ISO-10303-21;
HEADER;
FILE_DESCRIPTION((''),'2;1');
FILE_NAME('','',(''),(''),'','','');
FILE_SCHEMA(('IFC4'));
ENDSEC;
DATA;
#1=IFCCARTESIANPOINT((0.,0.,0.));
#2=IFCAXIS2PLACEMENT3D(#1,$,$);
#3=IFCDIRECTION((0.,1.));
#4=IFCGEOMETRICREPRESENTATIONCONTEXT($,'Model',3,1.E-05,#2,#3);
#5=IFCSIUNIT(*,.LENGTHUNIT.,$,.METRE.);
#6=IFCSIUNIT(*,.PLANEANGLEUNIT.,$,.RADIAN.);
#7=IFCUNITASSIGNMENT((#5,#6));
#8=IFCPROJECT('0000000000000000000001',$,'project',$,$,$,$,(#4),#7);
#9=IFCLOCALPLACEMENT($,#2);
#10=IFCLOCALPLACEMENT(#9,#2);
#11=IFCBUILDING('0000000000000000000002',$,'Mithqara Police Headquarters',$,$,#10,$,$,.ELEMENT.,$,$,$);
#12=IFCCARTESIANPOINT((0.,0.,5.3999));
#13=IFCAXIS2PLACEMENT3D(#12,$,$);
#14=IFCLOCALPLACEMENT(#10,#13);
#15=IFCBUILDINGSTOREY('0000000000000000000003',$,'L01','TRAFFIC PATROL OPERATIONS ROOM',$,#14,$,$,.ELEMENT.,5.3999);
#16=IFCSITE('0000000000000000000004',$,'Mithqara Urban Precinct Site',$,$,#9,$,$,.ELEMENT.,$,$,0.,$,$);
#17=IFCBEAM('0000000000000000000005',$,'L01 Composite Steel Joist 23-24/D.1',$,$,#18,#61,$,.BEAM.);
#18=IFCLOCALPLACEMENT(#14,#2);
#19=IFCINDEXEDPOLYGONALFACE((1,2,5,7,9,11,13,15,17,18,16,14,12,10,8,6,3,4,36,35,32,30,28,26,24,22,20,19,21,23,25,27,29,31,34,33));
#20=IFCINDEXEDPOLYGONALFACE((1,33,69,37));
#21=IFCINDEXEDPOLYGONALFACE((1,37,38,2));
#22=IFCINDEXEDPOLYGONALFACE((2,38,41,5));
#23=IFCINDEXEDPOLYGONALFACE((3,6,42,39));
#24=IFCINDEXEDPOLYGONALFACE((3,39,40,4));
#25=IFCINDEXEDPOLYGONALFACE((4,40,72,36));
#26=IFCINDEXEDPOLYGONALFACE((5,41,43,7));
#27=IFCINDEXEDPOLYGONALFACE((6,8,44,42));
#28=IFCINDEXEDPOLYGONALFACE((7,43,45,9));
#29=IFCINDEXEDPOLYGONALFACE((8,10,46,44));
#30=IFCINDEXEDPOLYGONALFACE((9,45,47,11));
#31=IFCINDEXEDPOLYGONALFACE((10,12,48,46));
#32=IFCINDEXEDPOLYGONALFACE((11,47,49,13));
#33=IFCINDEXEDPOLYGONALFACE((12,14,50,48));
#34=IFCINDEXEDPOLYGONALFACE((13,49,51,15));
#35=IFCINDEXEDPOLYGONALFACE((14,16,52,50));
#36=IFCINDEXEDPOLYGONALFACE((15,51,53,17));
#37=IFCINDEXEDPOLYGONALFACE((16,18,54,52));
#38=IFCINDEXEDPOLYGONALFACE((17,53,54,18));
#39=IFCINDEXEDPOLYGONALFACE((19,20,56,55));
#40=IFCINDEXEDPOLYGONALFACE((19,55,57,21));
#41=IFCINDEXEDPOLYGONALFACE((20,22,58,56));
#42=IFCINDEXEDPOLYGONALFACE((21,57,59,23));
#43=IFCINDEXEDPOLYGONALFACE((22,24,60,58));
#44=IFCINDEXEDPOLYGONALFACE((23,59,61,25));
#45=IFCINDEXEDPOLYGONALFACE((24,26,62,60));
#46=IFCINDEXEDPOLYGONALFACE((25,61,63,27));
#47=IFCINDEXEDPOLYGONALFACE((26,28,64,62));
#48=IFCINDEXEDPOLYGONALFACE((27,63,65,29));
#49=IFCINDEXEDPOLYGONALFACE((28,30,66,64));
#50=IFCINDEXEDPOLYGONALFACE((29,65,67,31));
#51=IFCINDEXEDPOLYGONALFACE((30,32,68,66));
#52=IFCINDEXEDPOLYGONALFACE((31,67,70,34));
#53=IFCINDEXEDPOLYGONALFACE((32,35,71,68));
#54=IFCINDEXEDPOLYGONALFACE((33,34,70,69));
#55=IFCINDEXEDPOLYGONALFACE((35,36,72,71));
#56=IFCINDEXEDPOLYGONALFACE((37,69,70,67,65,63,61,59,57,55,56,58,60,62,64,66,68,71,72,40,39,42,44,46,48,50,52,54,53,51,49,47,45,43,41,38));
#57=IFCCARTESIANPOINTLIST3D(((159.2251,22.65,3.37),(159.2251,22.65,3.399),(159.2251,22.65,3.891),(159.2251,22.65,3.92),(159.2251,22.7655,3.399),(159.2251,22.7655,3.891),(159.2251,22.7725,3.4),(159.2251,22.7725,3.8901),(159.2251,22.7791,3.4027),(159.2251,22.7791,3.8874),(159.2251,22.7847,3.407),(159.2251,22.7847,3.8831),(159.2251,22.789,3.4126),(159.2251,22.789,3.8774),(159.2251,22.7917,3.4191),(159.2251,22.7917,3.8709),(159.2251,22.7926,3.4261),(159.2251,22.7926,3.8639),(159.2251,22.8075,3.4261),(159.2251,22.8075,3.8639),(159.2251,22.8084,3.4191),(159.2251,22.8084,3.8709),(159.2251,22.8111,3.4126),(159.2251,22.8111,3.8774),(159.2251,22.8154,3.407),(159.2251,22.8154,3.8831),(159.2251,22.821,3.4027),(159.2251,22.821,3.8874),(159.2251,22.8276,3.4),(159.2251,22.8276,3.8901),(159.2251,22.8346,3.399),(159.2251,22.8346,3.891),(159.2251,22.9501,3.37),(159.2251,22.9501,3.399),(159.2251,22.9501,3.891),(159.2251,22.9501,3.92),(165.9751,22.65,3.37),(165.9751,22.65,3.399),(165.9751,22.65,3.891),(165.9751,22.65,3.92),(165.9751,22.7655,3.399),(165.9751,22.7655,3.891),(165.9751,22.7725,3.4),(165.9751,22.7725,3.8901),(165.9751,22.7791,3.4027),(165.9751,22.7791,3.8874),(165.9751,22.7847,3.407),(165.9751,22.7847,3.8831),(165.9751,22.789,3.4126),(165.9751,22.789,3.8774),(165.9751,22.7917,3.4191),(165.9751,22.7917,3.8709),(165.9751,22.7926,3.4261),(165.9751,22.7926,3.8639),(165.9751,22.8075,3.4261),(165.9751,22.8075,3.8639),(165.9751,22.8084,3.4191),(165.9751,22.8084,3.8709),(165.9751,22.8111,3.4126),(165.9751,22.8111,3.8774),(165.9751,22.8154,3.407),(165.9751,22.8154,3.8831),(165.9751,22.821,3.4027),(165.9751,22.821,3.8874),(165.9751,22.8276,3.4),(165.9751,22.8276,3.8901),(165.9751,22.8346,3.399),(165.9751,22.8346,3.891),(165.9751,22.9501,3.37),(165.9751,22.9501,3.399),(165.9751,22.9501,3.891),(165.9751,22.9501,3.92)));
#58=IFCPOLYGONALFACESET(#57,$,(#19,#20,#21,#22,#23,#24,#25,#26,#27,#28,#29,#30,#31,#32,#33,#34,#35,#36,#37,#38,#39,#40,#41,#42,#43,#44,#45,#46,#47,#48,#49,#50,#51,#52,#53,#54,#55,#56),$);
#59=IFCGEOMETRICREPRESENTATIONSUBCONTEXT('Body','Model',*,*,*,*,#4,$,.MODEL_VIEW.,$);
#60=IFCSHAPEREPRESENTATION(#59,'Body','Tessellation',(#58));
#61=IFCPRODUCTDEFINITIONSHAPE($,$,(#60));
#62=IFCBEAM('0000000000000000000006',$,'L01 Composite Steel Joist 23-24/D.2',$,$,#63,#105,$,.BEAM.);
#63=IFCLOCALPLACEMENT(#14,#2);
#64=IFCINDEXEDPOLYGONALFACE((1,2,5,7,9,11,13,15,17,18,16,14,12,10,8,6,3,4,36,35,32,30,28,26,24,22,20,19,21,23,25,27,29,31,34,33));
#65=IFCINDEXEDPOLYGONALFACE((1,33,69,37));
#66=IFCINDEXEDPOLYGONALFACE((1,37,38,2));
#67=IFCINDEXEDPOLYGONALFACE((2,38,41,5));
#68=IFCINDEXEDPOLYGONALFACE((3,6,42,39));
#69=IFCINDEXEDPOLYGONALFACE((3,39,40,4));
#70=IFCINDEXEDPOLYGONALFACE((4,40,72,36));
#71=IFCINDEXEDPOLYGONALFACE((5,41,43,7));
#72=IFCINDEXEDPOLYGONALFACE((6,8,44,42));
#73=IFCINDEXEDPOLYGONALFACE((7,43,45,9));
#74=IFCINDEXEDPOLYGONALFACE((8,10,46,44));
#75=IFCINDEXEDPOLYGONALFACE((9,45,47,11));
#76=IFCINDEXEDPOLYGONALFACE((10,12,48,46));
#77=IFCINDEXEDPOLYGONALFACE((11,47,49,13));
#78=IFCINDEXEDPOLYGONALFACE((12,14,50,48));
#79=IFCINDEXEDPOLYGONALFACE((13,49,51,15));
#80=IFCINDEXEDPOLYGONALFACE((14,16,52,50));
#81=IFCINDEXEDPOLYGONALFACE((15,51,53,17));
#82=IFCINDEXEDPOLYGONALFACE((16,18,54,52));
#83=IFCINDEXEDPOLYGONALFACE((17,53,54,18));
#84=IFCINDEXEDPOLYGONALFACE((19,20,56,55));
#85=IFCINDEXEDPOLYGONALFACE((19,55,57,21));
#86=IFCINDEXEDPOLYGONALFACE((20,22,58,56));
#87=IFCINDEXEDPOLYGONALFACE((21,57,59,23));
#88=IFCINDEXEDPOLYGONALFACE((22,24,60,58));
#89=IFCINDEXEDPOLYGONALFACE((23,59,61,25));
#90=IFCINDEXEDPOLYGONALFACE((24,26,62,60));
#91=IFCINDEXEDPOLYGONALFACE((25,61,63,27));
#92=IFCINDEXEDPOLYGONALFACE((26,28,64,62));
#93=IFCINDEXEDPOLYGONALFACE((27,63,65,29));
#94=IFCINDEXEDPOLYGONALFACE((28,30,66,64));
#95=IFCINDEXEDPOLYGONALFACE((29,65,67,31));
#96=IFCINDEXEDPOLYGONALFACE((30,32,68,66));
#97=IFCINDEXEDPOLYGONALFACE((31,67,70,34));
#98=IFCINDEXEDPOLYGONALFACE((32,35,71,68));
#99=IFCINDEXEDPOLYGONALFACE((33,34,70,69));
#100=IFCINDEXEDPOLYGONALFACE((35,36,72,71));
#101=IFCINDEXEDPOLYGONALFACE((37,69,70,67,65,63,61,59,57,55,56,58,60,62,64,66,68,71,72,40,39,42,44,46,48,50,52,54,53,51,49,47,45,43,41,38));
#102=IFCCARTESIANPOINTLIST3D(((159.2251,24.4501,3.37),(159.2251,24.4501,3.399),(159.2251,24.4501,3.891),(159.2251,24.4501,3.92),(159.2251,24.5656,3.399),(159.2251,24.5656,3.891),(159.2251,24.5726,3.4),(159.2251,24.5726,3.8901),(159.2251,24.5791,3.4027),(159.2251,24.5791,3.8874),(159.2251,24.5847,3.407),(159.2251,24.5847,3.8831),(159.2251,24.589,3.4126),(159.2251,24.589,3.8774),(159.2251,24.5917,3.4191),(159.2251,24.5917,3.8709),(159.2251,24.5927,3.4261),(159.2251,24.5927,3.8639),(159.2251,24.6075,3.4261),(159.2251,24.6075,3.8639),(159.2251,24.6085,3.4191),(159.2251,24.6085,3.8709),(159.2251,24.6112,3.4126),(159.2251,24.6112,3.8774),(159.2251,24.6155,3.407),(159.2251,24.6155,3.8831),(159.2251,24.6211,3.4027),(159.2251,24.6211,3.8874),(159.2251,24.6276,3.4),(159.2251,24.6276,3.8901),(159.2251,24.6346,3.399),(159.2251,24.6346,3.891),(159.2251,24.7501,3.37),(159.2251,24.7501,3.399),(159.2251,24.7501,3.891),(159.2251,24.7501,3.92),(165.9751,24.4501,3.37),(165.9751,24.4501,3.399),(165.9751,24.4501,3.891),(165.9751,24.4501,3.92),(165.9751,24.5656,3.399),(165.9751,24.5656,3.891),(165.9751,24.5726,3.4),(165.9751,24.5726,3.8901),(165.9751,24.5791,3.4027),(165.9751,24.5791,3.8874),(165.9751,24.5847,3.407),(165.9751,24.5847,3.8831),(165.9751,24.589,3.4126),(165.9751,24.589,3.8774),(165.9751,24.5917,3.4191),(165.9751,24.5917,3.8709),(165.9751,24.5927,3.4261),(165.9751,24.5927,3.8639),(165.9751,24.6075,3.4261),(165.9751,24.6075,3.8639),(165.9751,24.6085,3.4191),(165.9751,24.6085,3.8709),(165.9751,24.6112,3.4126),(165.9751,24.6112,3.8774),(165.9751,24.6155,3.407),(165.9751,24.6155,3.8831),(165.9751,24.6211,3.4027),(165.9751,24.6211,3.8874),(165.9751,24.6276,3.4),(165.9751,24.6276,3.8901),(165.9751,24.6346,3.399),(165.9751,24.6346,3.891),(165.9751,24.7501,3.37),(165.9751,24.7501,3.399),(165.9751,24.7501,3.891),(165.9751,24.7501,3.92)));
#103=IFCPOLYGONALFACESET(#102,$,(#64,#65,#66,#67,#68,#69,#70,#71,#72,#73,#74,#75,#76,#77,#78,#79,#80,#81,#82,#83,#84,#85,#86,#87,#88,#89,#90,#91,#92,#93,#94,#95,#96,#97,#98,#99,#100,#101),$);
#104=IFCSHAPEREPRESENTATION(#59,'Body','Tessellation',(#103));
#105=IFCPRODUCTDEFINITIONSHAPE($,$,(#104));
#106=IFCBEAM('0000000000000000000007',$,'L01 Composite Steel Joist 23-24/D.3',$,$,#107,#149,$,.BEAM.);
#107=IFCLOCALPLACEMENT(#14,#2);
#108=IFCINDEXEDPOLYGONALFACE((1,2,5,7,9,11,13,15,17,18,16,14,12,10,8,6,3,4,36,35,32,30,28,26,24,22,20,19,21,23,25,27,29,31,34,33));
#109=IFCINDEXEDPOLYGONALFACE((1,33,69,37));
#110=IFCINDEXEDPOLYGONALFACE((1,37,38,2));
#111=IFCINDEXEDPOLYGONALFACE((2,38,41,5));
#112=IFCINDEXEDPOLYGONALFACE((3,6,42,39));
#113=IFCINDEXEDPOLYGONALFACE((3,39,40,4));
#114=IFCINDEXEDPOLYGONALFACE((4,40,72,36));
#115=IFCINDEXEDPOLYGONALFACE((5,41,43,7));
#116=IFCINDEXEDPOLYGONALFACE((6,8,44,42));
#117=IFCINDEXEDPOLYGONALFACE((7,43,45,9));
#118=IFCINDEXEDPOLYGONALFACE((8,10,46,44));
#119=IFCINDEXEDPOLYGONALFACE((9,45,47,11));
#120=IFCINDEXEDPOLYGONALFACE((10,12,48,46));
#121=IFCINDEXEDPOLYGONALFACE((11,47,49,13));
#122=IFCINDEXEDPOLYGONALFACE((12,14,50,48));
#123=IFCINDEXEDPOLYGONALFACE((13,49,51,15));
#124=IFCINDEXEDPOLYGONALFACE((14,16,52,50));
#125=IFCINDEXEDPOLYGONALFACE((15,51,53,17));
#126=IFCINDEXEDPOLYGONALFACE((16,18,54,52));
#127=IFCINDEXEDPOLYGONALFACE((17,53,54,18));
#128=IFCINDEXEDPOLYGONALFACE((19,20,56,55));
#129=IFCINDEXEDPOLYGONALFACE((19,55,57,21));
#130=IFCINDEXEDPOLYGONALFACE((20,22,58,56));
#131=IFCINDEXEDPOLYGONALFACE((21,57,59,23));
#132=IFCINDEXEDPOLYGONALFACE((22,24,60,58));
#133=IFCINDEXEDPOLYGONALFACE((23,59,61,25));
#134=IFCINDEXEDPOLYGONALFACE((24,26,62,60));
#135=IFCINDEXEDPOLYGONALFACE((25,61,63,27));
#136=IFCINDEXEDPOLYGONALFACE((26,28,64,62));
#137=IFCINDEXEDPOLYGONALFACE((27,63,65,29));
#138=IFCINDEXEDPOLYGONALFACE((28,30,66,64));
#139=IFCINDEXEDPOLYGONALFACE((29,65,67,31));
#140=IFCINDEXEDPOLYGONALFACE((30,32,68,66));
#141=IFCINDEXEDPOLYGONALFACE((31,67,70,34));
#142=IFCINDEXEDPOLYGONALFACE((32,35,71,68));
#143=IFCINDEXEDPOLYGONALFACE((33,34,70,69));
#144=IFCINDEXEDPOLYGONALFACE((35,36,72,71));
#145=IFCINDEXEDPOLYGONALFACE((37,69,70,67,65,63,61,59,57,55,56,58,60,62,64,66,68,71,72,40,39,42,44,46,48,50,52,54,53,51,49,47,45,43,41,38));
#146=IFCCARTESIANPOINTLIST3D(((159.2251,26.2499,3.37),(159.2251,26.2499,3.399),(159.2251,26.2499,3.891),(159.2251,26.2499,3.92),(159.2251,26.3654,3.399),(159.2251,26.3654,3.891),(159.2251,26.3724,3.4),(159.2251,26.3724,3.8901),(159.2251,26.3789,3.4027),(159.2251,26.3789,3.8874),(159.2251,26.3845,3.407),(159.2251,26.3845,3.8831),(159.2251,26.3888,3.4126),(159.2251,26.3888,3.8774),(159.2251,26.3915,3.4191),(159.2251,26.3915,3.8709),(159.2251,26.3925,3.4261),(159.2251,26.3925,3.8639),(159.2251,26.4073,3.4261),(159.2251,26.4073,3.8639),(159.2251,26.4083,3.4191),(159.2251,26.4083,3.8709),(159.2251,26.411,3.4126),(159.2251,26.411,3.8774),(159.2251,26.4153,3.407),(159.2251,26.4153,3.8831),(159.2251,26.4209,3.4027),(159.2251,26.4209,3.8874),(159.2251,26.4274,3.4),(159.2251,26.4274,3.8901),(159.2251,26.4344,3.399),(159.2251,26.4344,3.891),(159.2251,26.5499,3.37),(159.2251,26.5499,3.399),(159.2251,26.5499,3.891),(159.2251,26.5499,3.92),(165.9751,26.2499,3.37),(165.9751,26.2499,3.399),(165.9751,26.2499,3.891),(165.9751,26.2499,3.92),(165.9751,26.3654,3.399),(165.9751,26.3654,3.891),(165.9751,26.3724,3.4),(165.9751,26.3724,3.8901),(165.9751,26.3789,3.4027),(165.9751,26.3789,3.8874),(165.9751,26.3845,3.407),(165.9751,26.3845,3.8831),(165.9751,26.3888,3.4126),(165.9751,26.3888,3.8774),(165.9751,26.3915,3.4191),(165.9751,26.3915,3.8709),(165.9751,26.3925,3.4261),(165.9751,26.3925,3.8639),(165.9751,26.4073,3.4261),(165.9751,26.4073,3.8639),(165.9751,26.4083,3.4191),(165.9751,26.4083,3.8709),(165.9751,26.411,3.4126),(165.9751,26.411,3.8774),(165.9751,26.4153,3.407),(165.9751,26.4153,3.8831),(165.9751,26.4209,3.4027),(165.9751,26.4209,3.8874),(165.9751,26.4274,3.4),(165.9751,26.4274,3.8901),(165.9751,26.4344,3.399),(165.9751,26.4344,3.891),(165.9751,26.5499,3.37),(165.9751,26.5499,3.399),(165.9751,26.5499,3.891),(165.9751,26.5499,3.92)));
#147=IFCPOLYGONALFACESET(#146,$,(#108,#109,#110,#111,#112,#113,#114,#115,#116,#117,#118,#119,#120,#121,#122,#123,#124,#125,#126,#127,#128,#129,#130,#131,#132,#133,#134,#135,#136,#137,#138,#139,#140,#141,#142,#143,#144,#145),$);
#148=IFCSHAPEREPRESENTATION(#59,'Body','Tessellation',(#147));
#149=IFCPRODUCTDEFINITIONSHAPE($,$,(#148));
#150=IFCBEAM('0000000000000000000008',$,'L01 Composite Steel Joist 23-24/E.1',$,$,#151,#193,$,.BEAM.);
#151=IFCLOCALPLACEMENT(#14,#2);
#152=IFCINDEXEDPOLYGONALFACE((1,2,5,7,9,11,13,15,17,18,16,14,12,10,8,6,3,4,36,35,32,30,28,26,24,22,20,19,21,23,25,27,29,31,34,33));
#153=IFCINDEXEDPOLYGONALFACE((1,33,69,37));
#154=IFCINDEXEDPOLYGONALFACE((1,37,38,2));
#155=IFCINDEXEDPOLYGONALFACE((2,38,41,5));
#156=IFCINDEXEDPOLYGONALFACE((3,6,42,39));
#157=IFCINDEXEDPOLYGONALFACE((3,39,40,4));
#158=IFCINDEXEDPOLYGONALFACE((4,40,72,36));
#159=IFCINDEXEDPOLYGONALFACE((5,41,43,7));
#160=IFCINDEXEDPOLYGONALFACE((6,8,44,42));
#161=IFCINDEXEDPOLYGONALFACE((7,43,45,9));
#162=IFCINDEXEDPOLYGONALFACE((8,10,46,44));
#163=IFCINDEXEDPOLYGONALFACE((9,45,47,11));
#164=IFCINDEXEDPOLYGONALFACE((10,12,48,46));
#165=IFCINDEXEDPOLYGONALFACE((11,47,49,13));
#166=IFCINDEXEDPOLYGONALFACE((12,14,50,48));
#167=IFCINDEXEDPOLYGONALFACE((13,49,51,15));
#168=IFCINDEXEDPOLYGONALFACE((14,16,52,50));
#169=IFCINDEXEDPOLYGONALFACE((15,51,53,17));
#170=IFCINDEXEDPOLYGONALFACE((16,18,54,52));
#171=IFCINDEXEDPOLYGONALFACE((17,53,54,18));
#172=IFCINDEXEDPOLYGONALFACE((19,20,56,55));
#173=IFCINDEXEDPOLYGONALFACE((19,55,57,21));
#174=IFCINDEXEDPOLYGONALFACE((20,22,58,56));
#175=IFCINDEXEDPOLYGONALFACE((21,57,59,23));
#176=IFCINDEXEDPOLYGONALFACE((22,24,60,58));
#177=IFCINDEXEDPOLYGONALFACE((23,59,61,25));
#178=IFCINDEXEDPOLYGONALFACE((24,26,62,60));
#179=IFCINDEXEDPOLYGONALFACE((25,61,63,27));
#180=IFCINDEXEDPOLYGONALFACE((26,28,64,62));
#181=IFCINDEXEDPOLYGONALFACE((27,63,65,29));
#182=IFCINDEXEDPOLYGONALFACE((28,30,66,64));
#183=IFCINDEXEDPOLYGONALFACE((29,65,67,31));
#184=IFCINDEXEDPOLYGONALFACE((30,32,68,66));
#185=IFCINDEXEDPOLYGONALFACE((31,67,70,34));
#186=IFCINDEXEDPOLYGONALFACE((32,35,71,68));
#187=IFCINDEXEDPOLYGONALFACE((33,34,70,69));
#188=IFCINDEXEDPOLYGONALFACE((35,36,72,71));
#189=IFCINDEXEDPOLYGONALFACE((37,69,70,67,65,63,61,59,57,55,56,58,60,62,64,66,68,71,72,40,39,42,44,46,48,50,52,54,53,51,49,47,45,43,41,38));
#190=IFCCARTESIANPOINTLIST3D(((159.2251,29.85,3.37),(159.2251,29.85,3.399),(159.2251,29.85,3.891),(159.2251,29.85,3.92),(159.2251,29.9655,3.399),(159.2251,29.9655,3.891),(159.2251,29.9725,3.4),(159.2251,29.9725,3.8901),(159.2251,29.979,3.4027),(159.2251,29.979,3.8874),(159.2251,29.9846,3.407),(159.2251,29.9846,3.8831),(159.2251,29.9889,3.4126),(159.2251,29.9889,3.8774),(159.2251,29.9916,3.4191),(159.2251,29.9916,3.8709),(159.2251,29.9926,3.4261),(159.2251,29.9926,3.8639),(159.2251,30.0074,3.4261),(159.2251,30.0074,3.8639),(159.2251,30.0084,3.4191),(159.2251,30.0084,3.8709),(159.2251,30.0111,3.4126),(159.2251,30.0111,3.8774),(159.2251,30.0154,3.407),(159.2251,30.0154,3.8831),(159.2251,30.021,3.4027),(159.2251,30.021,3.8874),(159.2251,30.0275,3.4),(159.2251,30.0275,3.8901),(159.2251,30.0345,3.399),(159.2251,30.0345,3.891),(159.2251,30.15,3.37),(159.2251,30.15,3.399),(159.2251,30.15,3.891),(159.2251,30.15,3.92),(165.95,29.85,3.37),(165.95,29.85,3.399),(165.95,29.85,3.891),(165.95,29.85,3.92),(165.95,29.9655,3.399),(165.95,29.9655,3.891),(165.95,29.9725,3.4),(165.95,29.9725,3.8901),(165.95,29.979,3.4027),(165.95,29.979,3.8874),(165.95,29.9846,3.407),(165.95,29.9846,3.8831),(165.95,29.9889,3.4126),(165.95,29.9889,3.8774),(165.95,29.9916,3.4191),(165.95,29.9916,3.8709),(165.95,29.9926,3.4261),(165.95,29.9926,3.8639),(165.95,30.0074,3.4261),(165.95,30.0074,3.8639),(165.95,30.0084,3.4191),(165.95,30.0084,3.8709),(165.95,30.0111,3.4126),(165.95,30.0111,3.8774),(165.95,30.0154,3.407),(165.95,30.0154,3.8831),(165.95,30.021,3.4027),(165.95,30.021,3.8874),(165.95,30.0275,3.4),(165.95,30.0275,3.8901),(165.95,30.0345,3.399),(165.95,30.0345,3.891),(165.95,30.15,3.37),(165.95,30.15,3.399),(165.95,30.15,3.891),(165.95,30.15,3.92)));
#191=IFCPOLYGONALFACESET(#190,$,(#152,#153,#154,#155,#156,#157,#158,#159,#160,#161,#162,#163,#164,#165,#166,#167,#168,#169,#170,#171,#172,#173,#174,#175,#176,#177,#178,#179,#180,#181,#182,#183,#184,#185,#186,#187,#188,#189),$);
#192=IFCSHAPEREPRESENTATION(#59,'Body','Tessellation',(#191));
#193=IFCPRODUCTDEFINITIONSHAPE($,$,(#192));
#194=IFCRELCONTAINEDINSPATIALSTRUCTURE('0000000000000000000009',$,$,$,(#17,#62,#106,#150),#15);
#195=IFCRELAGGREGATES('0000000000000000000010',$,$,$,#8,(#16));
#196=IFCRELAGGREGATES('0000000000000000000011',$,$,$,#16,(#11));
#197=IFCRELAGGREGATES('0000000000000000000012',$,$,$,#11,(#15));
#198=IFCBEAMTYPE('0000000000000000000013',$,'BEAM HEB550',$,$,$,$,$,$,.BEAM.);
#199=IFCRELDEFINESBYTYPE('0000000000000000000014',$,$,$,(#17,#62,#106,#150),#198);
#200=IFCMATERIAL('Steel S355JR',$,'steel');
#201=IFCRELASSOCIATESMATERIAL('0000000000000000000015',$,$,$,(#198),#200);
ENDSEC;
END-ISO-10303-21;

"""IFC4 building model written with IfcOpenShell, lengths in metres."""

from ifc_helpers import new_model, si_unit, direction, frame, origin, origin_2d, place, context, subcontext, project, spatial, i_section, extrude, material, material_profile, profile_set, type_object, element, save


model = new_model("IFC4")

# Units and contexts
model_context = context("Model", 3, precision=1e-05, world=origin(), true_north=direction((0.0, 1.0)))
body_context = subcontext(model_context, "Body", "Model", "MODEL_VIEW")
ifc_project = project(units=[si_unit("LENGTHUNIT", "METRE"), si_unit("PLANEANGLEUNIT", "RADIAN")], contexts=[model_context])

# Site, building, storey
site_placement = place(None, origin())
site = spatial("IfcSite", under=ifc_project, at=site_placement, Name="Mithqara Urban Precinct Site", CompositionType="ELEMENT", RefElevation=0.0)
building_placement = place(site_placement, origin())
building = spatial("IfcBuilding", under=site, at=building_placement, Name="Mithqara Police Headquarters", CompositionType="ELEMENT")
storey_placement = place(building_placement, frame((0.0, 0.0, 5.3999)))
storey = spatial("IfcBuildingStorey", under=building, at=storey_placement, Name="L01", Description="TRAFFIC PATROL OPERATIONS ROOM", CompositionType="ELEMENT", Elevation=5.3999)

# Beams
ifc_material_1 = material(Name="Steel S355JR", Category="steel")
ifc_material_profile_1 = material_profile(ifc_material_1, i_section(OverallWidth=0.3, OverallDepth=0.55, WebThickness=0.0149, FlangeThickness=0.0291, FilletRadius=0.0271, at=origin_2d()), Name="HEB 550")
ifc_profile_set_1 = profile_set([ifc_material_profile_1], Name="Steel S355JR")
beam_type = type_object("IfcBeamType", Name="BEAM HEB550", PredefinedType="BEAM", material=ifc_profile_set_1)
for number, where, z_axis, x_axis, name in (
    (1, (159.2251, 22.8, 3.645), (1.0, 0.0, 0.0), (0.0, 1.0, 0.0), "L01 Composite Steel Joist 23-24/D.1"),
    (2, (159.2251, 24.6001, 3.645), (1.0, 0.0, 0.0), (0.0, 1.0, 0.0), "L01 Composite Steel Joist 23-24/D.2"),
    (3, (159.2251, 26.3999, 3.645), (1.0, 0.0, 0.0), (0.0, 1.0, 0.0), "L01 Composite Steel Joist 23-24/D.3"),
):
    element("IfcBeam", number, at=place(storey_placement, frame(where, z_axis=z_axis, x_axis=x_axis)), inside=storey, type_object=beam_type, Name=name, PredefinedType="BEAM", context=body_context, shape_type="SweptSolid", body=[
        extrude(i_section(OverallWidth=0.3, OverallDepth=0.55, WebThickness=0.0149, FlangeThickness=0.0291, FilletRadius=0.0271, at=origin_2d()), origin(), (0.0, 0.0, 1.0), 6.75),
    ])
for number, where, z_axis, x_axis, name in (
    (4, (159.2251, 30.0, 3.645), (1.0, 0.0, 0.0), (0.0, 1.0, 0.0), "L01 Composite Steel Joist 23-24/E.1"),
):
    element("IfcBeam", number, at=place(storey_placement, frame(where, z_axis=z_axis, x_axis=x_axis)), inside=storey, type_object=beam_type, Name=name, PredefinedType="BEAM", context=body_context, shape_type="SweptSolid", body=[
        extrude(i_section(OverallWidth=0.3, OverallDepth=0.55, WebThickness=0.0149, FlangeThickness=0.0291, FilletRadius=0.0271, at=origin_2d()), origin(), (0.0, 0.0, 1.0), 6.7249),
    ])

save(model, "model.ifc")
